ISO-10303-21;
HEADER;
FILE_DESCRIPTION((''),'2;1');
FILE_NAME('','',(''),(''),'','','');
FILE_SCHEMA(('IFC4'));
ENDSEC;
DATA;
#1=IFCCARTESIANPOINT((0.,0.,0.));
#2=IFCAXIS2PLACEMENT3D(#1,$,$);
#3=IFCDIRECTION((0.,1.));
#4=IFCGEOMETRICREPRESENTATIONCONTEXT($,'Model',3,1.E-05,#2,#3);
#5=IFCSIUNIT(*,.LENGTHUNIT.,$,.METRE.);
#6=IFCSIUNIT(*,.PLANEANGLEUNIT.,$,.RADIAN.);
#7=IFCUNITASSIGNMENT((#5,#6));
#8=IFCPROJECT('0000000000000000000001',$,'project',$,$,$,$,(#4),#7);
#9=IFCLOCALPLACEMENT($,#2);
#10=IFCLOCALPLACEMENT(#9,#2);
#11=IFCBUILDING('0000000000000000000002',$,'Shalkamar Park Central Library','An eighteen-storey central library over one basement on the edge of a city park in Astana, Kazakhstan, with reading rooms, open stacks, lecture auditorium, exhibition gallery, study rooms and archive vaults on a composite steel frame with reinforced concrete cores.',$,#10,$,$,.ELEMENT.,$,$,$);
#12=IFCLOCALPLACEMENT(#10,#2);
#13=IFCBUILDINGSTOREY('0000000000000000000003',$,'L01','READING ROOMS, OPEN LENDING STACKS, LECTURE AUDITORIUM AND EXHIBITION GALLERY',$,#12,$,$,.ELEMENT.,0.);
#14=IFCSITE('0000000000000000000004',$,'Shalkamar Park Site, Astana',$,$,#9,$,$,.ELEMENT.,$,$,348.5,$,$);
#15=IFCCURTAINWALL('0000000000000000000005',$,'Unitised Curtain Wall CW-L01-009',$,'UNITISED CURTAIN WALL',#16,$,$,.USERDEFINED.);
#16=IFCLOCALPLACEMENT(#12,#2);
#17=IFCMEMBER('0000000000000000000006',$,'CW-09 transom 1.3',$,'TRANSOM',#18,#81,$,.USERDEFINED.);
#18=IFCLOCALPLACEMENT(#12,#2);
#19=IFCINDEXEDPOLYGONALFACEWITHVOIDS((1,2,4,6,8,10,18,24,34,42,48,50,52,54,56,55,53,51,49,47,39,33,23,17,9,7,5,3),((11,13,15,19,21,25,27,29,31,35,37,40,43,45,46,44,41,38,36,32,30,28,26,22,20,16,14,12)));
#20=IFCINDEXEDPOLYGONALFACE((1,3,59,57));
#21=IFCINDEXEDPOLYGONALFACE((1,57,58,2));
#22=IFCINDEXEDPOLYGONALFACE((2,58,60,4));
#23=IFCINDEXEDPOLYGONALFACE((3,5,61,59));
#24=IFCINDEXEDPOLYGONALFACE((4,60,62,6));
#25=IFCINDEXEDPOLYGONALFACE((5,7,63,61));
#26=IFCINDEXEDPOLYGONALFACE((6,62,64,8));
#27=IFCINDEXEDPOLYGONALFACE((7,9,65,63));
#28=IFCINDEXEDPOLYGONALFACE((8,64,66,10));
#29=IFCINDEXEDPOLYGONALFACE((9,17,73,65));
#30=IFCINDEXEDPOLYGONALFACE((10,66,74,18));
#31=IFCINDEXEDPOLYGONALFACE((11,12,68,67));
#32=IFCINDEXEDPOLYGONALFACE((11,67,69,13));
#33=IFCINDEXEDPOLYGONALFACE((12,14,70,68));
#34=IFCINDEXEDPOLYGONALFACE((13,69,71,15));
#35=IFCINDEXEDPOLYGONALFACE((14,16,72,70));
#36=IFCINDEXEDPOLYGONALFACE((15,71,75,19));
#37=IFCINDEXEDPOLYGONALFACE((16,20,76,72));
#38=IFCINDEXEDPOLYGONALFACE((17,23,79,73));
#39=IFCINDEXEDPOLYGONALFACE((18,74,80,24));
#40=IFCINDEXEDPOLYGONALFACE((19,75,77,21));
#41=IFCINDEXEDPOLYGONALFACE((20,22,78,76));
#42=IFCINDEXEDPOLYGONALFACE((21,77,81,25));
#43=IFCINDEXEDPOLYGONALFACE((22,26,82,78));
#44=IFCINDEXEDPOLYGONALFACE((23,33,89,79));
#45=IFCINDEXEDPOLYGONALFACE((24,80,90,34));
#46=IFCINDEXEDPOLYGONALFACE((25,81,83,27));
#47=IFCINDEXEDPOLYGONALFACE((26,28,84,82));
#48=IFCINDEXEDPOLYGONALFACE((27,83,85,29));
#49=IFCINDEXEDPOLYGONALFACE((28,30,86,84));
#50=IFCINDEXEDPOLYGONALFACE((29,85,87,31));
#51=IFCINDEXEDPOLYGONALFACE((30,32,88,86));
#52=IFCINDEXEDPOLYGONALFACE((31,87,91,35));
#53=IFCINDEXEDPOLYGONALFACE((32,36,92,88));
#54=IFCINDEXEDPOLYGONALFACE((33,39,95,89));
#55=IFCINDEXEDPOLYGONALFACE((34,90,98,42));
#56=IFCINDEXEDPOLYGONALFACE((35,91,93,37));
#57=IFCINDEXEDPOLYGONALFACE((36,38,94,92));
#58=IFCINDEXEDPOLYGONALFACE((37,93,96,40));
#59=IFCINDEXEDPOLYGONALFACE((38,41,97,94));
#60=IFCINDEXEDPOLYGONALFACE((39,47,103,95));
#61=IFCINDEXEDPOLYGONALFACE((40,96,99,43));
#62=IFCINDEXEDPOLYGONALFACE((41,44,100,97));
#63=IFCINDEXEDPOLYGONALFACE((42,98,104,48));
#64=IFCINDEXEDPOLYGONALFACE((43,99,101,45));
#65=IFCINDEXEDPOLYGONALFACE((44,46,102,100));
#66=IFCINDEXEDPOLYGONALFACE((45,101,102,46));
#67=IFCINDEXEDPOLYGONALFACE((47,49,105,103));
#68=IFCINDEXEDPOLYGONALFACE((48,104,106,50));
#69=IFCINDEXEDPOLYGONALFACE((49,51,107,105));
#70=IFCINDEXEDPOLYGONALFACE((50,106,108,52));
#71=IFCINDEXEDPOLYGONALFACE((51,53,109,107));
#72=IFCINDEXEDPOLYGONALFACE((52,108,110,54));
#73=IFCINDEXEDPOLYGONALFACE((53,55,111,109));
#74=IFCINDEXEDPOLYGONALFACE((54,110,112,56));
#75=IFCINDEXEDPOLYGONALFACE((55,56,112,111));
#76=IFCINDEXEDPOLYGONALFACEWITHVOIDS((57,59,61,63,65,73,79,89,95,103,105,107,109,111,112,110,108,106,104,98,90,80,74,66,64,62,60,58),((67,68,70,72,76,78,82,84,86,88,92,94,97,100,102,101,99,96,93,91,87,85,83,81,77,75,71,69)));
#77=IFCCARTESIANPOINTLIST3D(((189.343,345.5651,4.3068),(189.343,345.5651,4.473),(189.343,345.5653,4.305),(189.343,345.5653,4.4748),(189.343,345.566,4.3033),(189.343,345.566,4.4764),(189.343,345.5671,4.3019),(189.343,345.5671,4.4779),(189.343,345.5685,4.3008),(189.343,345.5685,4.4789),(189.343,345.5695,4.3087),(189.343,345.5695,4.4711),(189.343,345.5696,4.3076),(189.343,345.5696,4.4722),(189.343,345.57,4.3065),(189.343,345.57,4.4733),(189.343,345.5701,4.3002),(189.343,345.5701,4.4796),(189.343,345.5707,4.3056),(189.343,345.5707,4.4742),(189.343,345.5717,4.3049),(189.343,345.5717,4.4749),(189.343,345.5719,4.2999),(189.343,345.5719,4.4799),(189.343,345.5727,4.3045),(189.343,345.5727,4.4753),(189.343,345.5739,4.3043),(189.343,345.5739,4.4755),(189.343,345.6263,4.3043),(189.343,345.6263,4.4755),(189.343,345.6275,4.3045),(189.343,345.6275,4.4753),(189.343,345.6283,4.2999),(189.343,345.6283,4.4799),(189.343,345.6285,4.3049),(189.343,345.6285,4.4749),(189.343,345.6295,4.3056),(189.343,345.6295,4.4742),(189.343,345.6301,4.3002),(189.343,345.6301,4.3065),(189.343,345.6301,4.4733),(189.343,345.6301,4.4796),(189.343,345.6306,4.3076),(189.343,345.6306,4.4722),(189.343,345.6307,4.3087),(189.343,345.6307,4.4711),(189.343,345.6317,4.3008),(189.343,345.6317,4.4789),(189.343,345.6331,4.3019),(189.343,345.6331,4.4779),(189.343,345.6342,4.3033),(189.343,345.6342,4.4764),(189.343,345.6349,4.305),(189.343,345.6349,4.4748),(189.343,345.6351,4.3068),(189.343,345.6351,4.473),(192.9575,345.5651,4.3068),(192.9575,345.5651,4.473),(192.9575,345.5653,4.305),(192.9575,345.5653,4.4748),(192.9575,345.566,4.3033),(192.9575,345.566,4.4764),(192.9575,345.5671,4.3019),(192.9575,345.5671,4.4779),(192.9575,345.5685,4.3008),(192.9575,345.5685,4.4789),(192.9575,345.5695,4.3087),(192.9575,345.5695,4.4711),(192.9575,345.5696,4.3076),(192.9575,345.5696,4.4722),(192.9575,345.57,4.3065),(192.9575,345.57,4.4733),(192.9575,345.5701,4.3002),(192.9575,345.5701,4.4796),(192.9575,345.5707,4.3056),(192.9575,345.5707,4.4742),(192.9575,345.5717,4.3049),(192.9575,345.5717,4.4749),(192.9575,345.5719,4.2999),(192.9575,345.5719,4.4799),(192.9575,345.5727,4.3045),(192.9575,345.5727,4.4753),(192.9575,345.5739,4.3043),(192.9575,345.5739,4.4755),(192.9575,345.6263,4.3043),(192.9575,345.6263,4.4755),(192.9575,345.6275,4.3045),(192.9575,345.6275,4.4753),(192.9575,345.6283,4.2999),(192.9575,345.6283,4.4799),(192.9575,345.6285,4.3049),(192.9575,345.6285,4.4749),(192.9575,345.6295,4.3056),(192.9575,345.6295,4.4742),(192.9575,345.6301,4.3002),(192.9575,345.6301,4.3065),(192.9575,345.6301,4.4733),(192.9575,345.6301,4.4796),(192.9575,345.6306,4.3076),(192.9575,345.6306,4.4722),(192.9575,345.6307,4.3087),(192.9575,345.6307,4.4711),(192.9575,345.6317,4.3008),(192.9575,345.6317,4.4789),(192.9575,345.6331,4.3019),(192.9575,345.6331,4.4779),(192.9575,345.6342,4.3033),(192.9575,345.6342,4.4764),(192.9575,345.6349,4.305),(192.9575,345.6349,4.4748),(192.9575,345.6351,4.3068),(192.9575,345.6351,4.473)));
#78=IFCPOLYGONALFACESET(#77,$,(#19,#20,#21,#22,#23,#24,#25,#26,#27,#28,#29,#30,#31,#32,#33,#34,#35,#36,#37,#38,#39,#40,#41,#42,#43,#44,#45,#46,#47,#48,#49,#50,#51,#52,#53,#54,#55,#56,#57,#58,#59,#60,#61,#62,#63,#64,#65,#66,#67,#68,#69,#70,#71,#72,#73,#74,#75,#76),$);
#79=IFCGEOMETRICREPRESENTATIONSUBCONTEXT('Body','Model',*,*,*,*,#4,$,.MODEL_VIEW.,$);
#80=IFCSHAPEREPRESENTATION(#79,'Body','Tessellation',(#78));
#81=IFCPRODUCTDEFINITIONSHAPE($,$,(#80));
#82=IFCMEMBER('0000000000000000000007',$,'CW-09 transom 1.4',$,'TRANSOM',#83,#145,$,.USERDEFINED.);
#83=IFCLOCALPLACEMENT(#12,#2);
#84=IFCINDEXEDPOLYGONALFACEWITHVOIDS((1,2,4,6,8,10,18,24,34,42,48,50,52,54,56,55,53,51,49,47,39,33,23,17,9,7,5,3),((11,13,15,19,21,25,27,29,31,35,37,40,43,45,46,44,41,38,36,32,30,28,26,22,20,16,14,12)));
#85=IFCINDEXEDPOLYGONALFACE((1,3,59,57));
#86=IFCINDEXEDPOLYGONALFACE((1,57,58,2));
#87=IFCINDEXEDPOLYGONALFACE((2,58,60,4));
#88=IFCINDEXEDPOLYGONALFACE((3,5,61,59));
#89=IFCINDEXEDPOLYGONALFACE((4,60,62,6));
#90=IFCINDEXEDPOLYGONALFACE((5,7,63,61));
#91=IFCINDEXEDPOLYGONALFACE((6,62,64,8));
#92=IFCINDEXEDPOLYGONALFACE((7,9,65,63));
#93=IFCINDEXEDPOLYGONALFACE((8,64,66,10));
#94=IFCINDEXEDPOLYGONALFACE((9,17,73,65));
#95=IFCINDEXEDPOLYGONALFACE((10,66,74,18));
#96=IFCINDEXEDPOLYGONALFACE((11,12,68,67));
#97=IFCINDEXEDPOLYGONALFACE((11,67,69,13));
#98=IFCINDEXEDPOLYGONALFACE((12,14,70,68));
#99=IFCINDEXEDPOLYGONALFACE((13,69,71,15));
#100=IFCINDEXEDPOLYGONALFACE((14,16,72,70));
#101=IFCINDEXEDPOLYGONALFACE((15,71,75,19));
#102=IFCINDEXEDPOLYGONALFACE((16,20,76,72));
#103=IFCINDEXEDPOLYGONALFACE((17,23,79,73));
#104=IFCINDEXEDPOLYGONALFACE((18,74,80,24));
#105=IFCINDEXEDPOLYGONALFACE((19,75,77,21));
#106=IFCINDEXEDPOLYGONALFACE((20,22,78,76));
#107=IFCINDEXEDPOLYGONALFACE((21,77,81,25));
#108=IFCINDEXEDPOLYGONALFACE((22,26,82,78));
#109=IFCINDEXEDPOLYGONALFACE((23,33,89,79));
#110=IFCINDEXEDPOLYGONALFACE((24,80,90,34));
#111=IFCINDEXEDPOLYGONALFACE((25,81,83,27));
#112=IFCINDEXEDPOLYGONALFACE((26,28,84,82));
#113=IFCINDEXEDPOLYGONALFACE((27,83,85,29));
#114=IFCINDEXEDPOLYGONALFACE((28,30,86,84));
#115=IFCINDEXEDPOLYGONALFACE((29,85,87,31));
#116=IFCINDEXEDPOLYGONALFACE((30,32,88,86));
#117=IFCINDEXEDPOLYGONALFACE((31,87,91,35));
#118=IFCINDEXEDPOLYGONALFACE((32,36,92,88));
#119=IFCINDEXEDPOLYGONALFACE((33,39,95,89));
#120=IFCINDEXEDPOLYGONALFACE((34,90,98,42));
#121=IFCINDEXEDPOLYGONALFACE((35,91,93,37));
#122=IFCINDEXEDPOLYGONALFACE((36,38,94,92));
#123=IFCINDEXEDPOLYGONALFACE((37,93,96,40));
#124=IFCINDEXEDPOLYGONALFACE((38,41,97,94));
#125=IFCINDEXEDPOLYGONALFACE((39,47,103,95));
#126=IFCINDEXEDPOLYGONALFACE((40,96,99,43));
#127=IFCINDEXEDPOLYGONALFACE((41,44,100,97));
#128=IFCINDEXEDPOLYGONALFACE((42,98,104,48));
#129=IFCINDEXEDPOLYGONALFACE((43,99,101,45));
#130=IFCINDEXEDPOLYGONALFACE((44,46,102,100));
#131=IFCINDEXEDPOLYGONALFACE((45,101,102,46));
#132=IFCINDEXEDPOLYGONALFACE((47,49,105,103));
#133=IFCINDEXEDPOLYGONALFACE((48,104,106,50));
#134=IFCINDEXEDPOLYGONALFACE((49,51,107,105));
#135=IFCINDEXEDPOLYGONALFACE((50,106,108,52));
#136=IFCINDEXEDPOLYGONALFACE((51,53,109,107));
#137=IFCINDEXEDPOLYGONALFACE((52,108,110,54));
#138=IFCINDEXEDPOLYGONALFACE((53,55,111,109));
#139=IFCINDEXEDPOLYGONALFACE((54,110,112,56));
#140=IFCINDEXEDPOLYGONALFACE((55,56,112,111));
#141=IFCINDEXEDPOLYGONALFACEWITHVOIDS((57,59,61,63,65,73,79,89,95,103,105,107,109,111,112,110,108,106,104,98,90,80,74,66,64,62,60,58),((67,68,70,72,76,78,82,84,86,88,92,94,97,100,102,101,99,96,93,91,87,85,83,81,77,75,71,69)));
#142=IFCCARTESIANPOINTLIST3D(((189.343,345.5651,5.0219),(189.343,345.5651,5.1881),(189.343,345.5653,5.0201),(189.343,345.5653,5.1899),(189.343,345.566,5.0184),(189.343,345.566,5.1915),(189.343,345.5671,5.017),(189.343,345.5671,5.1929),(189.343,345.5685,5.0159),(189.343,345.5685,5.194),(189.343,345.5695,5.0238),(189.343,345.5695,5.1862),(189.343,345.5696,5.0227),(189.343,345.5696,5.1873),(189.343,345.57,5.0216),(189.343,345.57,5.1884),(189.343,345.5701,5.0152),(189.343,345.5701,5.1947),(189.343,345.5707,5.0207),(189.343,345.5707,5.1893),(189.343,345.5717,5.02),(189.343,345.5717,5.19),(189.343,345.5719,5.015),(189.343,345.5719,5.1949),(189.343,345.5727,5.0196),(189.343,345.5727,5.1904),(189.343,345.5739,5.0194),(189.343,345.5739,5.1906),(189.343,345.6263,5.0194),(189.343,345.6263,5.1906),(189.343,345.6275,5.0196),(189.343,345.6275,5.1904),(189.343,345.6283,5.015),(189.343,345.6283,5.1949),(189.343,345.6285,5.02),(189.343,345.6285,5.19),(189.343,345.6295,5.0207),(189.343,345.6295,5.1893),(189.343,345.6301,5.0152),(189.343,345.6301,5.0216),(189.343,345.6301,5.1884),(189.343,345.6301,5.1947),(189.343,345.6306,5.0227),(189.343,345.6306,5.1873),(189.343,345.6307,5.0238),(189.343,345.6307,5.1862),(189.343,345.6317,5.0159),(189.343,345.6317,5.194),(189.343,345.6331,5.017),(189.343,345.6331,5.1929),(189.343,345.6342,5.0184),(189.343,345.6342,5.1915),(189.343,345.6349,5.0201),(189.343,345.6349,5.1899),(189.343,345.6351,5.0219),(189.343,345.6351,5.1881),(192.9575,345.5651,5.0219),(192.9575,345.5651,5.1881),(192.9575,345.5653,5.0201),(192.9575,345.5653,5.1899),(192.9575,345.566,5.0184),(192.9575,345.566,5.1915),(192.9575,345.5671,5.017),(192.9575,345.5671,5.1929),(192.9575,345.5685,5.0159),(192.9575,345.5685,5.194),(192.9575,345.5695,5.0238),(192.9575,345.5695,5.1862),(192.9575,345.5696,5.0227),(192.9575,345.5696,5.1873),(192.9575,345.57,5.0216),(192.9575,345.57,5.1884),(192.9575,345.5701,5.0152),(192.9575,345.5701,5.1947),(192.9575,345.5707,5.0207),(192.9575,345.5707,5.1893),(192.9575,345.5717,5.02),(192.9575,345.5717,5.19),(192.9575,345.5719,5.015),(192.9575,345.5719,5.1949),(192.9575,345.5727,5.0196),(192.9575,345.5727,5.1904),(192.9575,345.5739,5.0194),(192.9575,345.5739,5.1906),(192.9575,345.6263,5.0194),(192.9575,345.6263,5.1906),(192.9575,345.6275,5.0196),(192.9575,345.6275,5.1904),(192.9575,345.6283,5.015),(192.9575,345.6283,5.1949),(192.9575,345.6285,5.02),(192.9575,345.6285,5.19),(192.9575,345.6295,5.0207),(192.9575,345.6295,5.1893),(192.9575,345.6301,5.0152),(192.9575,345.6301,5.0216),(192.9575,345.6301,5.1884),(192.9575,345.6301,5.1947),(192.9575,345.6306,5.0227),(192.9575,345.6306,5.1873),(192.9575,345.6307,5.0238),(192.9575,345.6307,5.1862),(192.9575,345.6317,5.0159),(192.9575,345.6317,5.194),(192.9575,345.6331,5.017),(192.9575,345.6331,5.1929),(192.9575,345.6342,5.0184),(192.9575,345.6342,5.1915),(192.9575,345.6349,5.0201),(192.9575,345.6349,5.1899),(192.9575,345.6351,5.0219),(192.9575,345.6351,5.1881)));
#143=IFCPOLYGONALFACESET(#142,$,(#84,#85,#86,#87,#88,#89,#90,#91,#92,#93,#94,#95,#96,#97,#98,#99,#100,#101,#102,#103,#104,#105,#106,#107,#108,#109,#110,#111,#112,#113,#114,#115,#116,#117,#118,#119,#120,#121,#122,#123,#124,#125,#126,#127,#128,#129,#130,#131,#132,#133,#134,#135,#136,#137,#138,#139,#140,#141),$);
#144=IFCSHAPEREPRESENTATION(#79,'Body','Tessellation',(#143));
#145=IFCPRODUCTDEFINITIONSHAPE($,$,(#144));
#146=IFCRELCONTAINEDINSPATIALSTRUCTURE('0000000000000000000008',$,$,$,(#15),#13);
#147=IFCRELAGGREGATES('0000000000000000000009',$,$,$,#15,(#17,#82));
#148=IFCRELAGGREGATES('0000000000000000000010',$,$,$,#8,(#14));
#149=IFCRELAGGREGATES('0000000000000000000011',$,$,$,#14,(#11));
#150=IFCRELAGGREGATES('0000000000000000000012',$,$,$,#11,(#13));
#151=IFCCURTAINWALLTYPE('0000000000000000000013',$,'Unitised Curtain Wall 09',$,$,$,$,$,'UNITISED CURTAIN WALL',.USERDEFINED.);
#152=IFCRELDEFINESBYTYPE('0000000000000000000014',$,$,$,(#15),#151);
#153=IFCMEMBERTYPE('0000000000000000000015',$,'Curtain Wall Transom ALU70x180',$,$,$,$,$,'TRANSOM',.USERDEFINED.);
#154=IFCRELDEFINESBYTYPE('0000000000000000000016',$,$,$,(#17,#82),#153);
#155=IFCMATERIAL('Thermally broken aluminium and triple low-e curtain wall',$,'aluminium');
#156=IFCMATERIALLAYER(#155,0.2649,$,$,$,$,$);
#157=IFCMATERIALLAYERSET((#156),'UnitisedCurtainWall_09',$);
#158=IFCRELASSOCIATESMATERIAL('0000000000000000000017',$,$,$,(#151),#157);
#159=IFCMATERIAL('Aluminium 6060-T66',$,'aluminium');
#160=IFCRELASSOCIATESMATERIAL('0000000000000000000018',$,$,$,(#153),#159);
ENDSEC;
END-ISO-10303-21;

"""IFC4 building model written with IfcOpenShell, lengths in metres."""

from ifc_helpers import new_model, si_unit, direction, frame, origin, origin_2d, place, context, subcontext, project, spatial, hollow_rectangle, extrude, material, layer, layer_set, material_profile, profile_set, type_object, element, aggregate, save


model = new_model("IFC4")

# Units and contexts
model_context = context("Model", 3, precision=1e-05, world=origin(), true_north=direction((0.0, 1.0)))
body_context = subcontext(model_context, "Body", "Model", "MODEL_VIEW")
ifc_project = project(units=[si_unit("LENGTHUNIT", "METRE"), si_unit("PLANEANGLEUNIT", "RADIAN")], contexts=[model_context])

# Site, building, storey
site_placement = place(None, origin())
site = spatial("IfcSite", under=ifc_project, at=site_placement, Name="Shalkamar Park Site, Astana", CompositionType="ELEMENT", RefElevation=348.5)
building_placement = place(site_placement, origin())
building = spatial("IfcBuilding", under=site, at=building_placement, Name="Shalkamar Park Central Library", Description="An eighteen-storey central library over one basement on the edge of a city park in Astana, Kazakhstan, with reading rooms, open stacks, lecture auditorium, exhibition gallery, study rooms and archive vaults on a composite steel frame with reinforced concrete cores.", CompositionType="ELEMENT")
storey_placement = place(building_placement, origin())
storey = spatial("IfcBuildingStorey", under=building, at=storey_placement, Name="L01", Description="READING ROOMS, OPEN LENDING STACKS, LECTURE AUDITORIUM AND EXHIBITION GALLERY", CompositionType="ELEMENT", Elevation=0.0)

# Curtain wall, members
ifc_material_1 = material(Name="Thermally broken aluminium and triple low-e curtain wall", Category="aluminium")
ifc_layer_1 = layer(ifc_material_1, 0.2649)
ifc_layer_set_1 = layer_set([ifc_layer_1], Name="UnitisedCurtainWall_09")
curtain_wall_type = type_object("IfcCurtainWallType", Name="Unitised Curtain Wall 09", ElementType="UNITISED CURTAIN WALL", PredefinedType="USERDEFINED", material=ifc_layer_set_1)
curtain_wall_placement = place(storey_placement, origin())
curtain_wall = element("IfcCurtainWall", 1, at=curtain_wall_placement, inside=storey, type_object=curtain_wall_type, Name="Unitised Curtain Wall CW-L01-009", ObjectType="UNITISED CURTAIN WALL", PredefinedType="USERDEFINED")
ifc_material_2 = material(Name="Aluminium 6060-T66", Category="aluminium")
ifc_material_profile_1 = material_profile(ifc_material_2, hollow_rectangle(XDim=0.0701, YDim=0.1799, WallThickness=0.0044, InnerFilletRadius=0.0044, OuterFilletRadius=0.0068, at=origin_2d()), Name="ALU 70x180x4.5")
ifc_profile_set_1 = profile_set([ifc_material_profile_1], Name="Aluminium 6060-T66")
member_type_1 = type_object("IfcMemberType", Name="Curtain Wall Transom ALU70x180", ElementType="TRANSOM", PredefinedType="USERDEFINED", material=ifc_profile_set_1)
member_1_placement = place(storey_placement, frame((189.343, 345.6001, 4.3899), z_axis=(1.0, 0.0, 0.0), x_axis=(0.0, 1.0, 0.0)))
member_1 = element("IfcMember", 2, at=member_1_placement, type_object=member_type_1, Name="CW-09 transom 1.3", ObjectType="TRANSOM", PredefinedType="USERDEFINED", context=body_context, shape_type="SweptSolid", body=[
    extrude(hollow_rectangle(XDim=0.0701, YDim=0.1799, WallThickness=0.0044, InnerFilletRadius=0.0044, OuterFilletRadius=0.0068, at=origin_2d()), origin(), (0.0, 0.0, 1.0), 3.6145),
])
member_2_placement = place(storey_placement, frame((189.343, 345.6001, 5.105), z_axis=(1.0, 0.0, 0.0), x_axis=(0.0, 1.0, 0.0)))
member_2 = element("IfcMember", 3, at=member_2_placement, type_object=member_type_1, Name="CW-09 transom 1.4", ObjectType="TRANSOM", PredefinedType="USERDEFINED", context=body_context, shape_type="SweptSolid", body=[
    extrude(hollow_rectangle(XDim=0.0701, YDim=0.1799, WallThickness=0.0044, InnerFilletRadius=0.0044, OuterFilletRadius=0.0068, at=origin_2d()), origin(), (0.0, 0.0, 1.0), 3.6145),
])

aggregate(curtain_wall, [member_1, member_2])

save(model, "model.ifc")
